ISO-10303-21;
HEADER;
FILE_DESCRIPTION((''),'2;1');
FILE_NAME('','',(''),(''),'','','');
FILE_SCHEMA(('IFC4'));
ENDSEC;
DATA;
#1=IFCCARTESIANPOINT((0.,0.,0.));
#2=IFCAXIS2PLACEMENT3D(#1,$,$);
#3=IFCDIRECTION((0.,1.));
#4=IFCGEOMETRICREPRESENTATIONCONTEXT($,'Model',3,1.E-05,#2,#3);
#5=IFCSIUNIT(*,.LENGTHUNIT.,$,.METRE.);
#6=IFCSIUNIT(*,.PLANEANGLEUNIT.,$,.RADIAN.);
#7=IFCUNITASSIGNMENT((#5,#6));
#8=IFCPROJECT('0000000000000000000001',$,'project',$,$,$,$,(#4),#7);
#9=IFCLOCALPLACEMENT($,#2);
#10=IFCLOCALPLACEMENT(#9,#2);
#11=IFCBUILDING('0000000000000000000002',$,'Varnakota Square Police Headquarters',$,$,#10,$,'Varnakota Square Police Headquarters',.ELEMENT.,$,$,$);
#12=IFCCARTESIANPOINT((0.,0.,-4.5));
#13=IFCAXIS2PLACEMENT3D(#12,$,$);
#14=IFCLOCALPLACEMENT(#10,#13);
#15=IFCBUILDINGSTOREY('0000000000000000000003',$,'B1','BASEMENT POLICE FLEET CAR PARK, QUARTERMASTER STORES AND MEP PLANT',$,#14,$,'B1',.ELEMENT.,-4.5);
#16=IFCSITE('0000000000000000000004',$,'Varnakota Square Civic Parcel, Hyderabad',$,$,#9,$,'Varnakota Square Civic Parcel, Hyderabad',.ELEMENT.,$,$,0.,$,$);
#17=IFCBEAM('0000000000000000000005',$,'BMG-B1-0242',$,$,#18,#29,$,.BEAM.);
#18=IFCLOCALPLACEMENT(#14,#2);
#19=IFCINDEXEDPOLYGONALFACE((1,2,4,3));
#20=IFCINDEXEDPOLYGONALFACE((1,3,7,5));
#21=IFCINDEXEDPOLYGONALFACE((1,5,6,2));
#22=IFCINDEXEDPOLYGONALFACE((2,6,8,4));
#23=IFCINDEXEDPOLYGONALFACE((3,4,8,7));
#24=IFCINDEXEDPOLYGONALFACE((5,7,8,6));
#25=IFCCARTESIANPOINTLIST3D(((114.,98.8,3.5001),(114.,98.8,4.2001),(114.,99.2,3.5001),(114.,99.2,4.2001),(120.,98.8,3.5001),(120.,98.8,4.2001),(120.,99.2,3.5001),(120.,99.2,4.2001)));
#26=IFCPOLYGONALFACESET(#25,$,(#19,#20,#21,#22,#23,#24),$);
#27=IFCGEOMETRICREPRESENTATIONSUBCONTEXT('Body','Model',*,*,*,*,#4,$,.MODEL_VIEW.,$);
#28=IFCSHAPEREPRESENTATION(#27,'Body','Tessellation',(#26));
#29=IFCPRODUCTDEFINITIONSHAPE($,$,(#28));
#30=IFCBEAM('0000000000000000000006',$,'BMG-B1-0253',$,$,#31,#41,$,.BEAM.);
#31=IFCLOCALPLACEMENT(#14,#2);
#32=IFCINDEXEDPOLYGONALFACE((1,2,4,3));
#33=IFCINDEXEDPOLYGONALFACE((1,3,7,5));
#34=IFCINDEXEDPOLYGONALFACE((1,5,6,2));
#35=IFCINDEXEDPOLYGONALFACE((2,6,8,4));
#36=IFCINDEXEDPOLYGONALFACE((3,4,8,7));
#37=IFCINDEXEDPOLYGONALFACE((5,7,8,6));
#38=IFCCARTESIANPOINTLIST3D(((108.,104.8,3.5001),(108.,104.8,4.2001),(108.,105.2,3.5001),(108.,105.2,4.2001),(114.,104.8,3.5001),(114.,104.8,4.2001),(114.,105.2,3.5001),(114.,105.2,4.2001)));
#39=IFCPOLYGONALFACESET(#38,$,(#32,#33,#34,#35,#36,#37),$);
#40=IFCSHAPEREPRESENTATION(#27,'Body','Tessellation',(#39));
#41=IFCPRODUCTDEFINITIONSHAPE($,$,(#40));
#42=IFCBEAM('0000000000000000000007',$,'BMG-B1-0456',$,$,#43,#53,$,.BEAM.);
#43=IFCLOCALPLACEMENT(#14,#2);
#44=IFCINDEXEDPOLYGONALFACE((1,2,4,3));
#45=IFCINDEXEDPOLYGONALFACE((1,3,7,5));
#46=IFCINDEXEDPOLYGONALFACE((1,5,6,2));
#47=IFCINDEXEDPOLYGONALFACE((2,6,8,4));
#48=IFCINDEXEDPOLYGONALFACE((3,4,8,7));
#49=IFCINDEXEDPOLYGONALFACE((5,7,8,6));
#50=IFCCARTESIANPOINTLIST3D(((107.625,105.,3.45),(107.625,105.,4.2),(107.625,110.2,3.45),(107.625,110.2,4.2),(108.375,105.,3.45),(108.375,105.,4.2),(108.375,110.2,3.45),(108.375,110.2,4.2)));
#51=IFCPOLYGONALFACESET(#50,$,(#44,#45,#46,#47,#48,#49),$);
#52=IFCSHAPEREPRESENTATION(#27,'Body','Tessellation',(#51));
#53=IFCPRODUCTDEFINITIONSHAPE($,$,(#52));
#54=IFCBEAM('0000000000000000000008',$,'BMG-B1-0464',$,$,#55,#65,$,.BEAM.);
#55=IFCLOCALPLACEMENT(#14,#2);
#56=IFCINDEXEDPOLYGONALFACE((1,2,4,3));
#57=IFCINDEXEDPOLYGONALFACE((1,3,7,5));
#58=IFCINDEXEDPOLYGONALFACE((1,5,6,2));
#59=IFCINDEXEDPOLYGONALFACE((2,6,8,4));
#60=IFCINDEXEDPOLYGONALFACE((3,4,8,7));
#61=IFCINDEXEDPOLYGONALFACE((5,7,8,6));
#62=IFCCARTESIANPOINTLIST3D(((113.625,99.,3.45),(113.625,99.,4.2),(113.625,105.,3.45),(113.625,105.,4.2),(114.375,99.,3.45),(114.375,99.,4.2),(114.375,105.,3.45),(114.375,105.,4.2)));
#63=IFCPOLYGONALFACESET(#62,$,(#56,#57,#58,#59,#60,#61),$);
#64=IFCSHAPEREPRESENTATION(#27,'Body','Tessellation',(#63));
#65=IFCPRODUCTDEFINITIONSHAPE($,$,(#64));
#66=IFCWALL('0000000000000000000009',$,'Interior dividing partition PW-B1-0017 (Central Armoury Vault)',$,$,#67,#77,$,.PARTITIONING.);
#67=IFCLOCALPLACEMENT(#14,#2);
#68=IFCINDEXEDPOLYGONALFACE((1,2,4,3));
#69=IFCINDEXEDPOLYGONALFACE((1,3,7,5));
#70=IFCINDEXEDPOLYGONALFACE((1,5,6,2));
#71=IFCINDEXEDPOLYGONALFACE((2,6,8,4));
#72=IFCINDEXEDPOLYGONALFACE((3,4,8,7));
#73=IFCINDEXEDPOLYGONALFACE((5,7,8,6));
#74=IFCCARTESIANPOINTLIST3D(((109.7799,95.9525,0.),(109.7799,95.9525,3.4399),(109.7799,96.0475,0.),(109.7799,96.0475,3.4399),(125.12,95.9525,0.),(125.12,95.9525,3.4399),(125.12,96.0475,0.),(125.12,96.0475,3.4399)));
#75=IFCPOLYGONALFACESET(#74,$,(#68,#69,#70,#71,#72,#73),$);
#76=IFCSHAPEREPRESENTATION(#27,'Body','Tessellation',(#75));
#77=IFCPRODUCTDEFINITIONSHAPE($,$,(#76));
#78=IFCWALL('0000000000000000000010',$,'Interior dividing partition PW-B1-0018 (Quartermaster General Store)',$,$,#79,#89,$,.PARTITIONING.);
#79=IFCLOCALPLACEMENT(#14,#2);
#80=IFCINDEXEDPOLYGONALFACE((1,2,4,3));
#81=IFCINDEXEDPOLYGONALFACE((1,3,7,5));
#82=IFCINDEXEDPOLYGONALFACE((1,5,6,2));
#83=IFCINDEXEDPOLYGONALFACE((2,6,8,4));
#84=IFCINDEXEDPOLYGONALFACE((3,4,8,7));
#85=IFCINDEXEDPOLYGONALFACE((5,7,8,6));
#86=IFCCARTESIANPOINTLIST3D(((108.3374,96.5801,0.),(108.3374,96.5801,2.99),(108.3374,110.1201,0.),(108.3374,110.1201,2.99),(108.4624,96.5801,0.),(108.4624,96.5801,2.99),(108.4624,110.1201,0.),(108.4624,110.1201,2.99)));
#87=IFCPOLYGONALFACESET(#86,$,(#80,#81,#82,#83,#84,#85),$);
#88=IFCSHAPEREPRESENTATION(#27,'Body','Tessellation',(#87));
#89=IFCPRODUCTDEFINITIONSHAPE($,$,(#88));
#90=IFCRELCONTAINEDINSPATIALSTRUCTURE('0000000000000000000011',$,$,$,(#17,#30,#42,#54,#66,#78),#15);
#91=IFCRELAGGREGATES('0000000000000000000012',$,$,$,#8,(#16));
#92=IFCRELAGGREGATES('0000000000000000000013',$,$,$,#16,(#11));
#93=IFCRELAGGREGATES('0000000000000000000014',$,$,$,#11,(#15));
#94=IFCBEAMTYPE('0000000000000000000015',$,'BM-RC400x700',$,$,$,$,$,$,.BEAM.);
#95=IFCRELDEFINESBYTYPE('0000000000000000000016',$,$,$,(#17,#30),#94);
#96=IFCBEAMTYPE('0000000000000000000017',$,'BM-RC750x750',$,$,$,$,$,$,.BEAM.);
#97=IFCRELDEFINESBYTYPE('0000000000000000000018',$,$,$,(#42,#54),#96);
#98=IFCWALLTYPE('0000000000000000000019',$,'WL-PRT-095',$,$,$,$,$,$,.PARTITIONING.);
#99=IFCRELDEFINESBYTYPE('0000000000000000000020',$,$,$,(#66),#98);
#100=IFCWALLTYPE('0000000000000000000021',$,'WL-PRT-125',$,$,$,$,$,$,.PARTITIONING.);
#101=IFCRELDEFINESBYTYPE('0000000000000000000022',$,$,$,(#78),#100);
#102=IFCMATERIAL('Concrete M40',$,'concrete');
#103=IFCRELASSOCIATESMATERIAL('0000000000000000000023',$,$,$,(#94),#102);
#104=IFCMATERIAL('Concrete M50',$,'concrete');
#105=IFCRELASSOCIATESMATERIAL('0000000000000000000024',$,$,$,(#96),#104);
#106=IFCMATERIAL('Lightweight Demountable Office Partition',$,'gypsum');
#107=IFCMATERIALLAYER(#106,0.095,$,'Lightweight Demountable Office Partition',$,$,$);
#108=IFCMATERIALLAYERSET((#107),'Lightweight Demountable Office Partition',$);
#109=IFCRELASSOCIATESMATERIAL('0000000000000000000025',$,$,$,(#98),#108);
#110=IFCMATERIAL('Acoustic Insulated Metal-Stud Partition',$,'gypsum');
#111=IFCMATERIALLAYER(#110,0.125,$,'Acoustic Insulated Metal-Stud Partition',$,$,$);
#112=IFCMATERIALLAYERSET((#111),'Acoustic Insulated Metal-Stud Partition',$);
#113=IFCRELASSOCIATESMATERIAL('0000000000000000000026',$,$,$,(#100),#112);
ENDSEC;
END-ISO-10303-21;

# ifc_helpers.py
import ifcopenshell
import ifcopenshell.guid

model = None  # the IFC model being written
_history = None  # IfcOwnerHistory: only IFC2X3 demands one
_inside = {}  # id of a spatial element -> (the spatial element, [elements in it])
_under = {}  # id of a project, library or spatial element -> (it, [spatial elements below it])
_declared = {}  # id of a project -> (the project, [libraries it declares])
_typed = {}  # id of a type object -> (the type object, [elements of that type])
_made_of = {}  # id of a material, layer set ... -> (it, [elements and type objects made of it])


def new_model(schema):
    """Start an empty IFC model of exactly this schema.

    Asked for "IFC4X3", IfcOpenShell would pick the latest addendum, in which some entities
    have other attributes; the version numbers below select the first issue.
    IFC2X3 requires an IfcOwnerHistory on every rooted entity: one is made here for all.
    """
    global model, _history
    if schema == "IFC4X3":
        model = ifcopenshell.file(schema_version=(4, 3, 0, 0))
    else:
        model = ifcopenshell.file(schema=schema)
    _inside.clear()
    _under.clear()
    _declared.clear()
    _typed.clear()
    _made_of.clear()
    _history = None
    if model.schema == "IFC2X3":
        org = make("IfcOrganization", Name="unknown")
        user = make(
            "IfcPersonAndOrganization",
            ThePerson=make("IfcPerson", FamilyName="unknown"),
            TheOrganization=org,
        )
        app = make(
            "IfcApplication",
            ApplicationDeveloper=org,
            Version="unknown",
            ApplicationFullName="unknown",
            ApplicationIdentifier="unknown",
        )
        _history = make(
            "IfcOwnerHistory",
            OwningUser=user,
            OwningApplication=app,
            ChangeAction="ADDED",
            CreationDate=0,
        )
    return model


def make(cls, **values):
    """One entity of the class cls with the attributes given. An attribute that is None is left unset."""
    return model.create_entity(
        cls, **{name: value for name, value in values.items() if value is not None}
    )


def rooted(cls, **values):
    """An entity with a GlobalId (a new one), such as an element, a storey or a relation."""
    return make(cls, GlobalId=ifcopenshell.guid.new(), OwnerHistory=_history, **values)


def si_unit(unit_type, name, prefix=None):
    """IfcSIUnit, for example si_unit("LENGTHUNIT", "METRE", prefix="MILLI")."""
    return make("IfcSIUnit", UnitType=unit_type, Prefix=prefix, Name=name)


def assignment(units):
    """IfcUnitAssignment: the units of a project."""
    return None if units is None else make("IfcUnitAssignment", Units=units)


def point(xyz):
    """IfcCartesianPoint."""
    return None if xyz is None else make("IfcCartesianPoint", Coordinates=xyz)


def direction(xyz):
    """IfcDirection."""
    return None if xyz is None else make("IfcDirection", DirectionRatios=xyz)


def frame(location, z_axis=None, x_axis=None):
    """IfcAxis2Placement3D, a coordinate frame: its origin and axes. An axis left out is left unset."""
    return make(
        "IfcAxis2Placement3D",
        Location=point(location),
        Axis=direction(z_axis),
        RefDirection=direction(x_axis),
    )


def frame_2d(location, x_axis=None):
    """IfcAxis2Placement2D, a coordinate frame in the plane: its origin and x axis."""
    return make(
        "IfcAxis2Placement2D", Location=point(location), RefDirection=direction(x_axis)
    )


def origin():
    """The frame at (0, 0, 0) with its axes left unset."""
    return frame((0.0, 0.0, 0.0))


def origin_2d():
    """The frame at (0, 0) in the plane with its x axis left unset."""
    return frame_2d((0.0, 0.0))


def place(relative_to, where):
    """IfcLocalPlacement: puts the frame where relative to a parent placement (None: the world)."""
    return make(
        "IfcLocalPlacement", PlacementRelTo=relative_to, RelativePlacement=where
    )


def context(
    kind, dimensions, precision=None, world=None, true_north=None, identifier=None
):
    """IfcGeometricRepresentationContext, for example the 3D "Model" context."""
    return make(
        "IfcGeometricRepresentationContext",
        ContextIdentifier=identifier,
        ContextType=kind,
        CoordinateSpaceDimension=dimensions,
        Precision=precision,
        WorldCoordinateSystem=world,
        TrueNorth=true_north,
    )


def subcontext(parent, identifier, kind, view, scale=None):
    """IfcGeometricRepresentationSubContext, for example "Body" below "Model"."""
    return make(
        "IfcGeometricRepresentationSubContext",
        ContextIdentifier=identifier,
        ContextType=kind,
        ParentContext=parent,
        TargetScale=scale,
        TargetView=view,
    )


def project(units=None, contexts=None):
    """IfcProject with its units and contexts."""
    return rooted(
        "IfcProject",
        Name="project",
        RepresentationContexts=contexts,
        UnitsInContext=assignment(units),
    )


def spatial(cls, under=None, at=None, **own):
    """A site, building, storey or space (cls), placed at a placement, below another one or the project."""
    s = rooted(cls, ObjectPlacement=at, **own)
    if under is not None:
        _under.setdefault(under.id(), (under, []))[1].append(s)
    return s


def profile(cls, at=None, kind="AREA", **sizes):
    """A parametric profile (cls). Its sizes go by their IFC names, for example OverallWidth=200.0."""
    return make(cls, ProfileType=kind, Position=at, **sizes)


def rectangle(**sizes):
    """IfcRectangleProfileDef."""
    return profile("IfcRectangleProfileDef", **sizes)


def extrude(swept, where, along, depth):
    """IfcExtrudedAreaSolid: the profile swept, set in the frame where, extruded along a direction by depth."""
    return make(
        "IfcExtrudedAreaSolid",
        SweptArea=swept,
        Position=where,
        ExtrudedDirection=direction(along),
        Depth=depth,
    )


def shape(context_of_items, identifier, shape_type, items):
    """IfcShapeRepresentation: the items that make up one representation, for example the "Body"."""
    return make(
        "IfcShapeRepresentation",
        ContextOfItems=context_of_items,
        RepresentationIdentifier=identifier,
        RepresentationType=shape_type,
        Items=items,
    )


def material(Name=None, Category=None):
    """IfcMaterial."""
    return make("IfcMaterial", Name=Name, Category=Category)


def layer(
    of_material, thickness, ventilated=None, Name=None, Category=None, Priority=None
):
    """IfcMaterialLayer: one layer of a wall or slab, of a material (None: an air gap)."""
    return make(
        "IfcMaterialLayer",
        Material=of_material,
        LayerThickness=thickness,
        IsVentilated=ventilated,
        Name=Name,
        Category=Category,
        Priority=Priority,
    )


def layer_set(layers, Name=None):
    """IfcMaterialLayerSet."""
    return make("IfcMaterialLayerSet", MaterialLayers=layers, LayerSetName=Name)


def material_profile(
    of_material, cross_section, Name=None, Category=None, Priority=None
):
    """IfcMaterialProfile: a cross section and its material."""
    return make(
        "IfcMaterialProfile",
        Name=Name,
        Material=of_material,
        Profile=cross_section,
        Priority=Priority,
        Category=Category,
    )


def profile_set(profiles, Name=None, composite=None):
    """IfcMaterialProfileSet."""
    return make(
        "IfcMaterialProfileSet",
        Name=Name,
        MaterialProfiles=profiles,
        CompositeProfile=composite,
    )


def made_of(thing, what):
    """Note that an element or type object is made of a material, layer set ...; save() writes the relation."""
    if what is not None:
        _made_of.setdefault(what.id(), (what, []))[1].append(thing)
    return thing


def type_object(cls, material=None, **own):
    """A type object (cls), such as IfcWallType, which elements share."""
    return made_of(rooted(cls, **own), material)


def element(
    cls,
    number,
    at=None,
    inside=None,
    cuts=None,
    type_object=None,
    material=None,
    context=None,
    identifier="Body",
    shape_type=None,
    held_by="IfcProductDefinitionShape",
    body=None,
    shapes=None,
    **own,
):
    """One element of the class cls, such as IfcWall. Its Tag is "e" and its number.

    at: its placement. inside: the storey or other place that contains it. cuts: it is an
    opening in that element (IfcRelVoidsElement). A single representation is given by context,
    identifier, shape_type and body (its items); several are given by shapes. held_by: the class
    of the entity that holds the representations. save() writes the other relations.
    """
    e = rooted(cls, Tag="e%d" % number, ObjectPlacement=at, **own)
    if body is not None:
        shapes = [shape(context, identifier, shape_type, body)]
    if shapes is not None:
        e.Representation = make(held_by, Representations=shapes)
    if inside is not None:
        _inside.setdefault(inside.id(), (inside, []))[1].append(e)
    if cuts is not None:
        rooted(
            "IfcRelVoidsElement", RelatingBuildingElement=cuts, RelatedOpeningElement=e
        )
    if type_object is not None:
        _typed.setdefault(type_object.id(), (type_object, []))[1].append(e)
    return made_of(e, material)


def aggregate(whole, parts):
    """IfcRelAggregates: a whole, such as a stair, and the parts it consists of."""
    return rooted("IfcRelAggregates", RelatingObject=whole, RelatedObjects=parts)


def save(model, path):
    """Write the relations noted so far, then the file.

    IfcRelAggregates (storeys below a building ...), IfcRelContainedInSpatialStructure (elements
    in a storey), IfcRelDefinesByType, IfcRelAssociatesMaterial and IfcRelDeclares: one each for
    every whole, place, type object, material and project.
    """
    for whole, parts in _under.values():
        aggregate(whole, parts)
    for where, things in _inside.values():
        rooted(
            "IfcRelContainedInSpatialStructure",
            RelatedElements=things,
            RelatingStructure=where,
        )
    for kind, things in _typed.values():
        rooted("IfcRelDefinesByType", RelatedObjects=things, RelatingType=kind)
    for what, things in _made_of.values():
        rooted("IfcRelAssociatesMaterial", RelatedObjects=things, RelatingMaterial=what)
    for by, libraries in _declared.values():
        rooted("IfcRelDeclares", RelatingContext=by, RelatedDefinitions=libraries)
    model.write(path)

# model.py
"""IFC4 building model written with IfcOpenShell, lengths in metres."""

from ifc_helpers import new_model, si_unit, direction, frame, frame_2d, origin, origin_2d, place, context, subcontext, project, spatial, rectangle, extrude, material, layer, layer_set, material_profile, profile_set, type_object, element, save


model = new_model("IFC4")

# Units and contexts
model_context = context("Model", 3, precision=1e-05, world=origin(), true_north=direction((0.0, 1.0)))
body_context = subcontext(model_context, "Body", "Model", "MODEL_VIEW")
ifc_project = project(units=[si_unit("LENGTHUNIT", "METRE"), si_unit("PLANEANGLEUNIT", "RADIAN")], contexts=[model_context])

# Site, building, storey
site_placement = place(None, origin())
site = spatial("IfcSite", under=ifc_project, at=site_placement, Name="Varnakota Square Civic Parcel, Hyderabad", LongName="Varnakota Square Civic Parcel, Hyderabad", CompositionType="ELEMENT", RefElevation=0.0)
building_placement = place(site_placement, origin())
building = spatial("IfcBuilding", under=site, at=building_placement, Name="Varnakota Square Police Headquarters", LongName="Varnakota Square Police Headquarters", CompositionType="ELEMENT")
storey_placement = place(building_placement, frame((0.0, 0.0, -4.5)))
storey = spatial("IfcBuildingStorey", under=building, at=storey_placement, Name="B1", Description="BASEMENT POLICE FLEET CAR PARK, QUARTERMASTER STORES AND MEP PLANT", LongName="B1", CompositionType="ELEMENT", Elevation=-4.5)

# Shared definitions
ifc_material_1 = material(Name="Concrete M40", Category="concrete")

# Shared definitions
ifc_material_2 = material(Name="Concrete M50", Category="concrete")

# Beams
ifc_material_profile_1 = material_profile(ifc_material_1, rectangle(XDim=0.3999, YDim=0.7, at=origin_2d()), Name="RC 400x700")
ifc_profile_set_1 = profile_set([ifc_material_profile_1], Name="Concrete M40")
beam_type_1 = type_object("IfcBeamType", Name="BM-RC400x700", PredefinedType="BEAM", material=ifc_profile_set_1)
for number, where, z_axis, x_axis, name in (
    (1, (114.0, 99.0, 3.8501), (1.0, 0.0, 0.0), (0.0, 1.0, 0.0), "BMG-B1-0242"),
    (2, (108.0, 105.0, 3.8501), (1.0, 0.0, 0.0), (0.0, 1.0, 0.0), "BMG-B1-0253"),
):
    element("IfcBeam", number, at=place(storey_placement, frame(where, z_axis=z_axis, x_axis=x_axis)), inside=storey, type_object=beam_type_1, Name=name, PredefinedType="BEAM", context=body_context, shape_type="SweptSolid", body=[
        extrude(rectangle(XDim=0.3999, YDim=0.7, at=origin_2d()), origin(), (0.0, 0.0, 1.0), 6.0),
    ])
ifc_material_profile_2 = material_profile(ifc_material_2, rectangle(XDim=0.75, YDim=0.75, at=origin_2d()), Name="RC 750x750")
ifc_profile_set_2 = profile_set([ifc_material_profile_2], Name="Concrete M50")
beam_type_2 = type_object("IfcBeamType", Name="BM-RC750x750", PredefinedType="BEAM", material=ifc_profile_set_2)
beam_1_placement = place(storey_placement, frame((108.0, 105.0, 3.825), z_axis=(0.0, 1.0, 0.0), x_axis=(-1.0, 0.0, 0.0)))
element("IfcBeam", 3, at=beam_1_placement, inside=storey, type_object=beam_type_2, Name="BMG-B1-0456", PredefinedType="BEAM", context=body_context, shape_type="SweptSolid", body=[
    extrude(rectangle(XDim=0.75, YDim=0.75, at=origin_2d()), origin(), (0.0, 0.0, 1.0), 5.2),
])
beam_2_placement = place(storey_placement, frame((114.0, 99.0, 3.825), z_axis=(0.0, 1.0, 0.0), x_axis=(-1.0, 0.0, 0.0)))
element("IfcBeam", 4, at=beam_2_placement, inside=storey, type_object=beam_type_2, Name="BMG-B1-0464", PredefinedType="BEAM", context=body_context, shape_type="SweptSolid", body=[
    extrude(rectangle(XDim=0.75, YDim=0.75, at=origin_2d()), origin(), (0.0, 0.0, 1.0), 6.0),
])

# Walls
ifc_material_3 = material(Name="Lightweight Demountable Office Partition", Category="gypsum")
ifc_layer_1 = layer(ifc_material_3, 0.095, Name="Lightweight Demountable Office Partition")
ifc_layer_set_1 = layer_set([ifc_layer_1], Name="Lightweight Demountable Office Partition")
wall_type_1 = type_object("IfcWallType", Name="WL-PRT-095", PredefinedType="PARTITIONING", material=ifc_layer_set_1)
wall_1_placement = place(storey_placement, frame((109.78, 96.0, 0.0), z_axis=(0.0, 0.0, 1.0), x_axis=(1.0, 0.0, 0.0)))
element("IfcWall", 5, at=wall_1_placement, inside=storey, type_object=wall_type_1, Name="Interior dividing partition PW-B1-0017 (Central Armoury Vault)", PredefinedType="PARTITIONING", context=body_context, shape_type="SweptSolid", body=[
    extrude(rectangle(XDim=15.3401, YDim=0.095, at=frame_2d((7.6699, 0.0))), origin(), (0.0, 0.0, 1.0), 3.4399),
])
ifc_material_4 = material(Name="Acoustic Insulated Metal-Stud Partition", Category="gypsum")
ifc_layer_2 = layer(ifc_material_4, 0.125, Name="Acoustic Insulated Metal-Stud Partition")
ifc_layer_set_2 = layer_set([ifc_layer_2], Name="Acoustic Insulated Metal-Stud Partition")
wall_type_2 = type_object("IfcWallType", Name="WL-PRT-125", PredefinedType="PARTITIONING", material=ifc_layer_set_2)
wall_2_placement = place(storey_placement, frame((108.3999, 96.5801, 0.0), z_axis=(0.0, 0.0, 1.0), x_axis=(0.0, 1.0, 0.0)))
element("IfcWall", 6, at=wall_2_placement, inside=storey, type_object=wall_type_2, Name="Interior dividing partition PW-B1-0018 (Quartermaster General Store)", PredefinedType="PARTITIONING", context=body_context, shape_type="SweptSolid", body=[
    extrude(rectangle(XDim=13.54, YDim=0.125, at=frame_2d((6.77, 0.0))), origin(), (0.0, 0.0, 1.0), 2.99),
])

save(model, "model.ifc")
